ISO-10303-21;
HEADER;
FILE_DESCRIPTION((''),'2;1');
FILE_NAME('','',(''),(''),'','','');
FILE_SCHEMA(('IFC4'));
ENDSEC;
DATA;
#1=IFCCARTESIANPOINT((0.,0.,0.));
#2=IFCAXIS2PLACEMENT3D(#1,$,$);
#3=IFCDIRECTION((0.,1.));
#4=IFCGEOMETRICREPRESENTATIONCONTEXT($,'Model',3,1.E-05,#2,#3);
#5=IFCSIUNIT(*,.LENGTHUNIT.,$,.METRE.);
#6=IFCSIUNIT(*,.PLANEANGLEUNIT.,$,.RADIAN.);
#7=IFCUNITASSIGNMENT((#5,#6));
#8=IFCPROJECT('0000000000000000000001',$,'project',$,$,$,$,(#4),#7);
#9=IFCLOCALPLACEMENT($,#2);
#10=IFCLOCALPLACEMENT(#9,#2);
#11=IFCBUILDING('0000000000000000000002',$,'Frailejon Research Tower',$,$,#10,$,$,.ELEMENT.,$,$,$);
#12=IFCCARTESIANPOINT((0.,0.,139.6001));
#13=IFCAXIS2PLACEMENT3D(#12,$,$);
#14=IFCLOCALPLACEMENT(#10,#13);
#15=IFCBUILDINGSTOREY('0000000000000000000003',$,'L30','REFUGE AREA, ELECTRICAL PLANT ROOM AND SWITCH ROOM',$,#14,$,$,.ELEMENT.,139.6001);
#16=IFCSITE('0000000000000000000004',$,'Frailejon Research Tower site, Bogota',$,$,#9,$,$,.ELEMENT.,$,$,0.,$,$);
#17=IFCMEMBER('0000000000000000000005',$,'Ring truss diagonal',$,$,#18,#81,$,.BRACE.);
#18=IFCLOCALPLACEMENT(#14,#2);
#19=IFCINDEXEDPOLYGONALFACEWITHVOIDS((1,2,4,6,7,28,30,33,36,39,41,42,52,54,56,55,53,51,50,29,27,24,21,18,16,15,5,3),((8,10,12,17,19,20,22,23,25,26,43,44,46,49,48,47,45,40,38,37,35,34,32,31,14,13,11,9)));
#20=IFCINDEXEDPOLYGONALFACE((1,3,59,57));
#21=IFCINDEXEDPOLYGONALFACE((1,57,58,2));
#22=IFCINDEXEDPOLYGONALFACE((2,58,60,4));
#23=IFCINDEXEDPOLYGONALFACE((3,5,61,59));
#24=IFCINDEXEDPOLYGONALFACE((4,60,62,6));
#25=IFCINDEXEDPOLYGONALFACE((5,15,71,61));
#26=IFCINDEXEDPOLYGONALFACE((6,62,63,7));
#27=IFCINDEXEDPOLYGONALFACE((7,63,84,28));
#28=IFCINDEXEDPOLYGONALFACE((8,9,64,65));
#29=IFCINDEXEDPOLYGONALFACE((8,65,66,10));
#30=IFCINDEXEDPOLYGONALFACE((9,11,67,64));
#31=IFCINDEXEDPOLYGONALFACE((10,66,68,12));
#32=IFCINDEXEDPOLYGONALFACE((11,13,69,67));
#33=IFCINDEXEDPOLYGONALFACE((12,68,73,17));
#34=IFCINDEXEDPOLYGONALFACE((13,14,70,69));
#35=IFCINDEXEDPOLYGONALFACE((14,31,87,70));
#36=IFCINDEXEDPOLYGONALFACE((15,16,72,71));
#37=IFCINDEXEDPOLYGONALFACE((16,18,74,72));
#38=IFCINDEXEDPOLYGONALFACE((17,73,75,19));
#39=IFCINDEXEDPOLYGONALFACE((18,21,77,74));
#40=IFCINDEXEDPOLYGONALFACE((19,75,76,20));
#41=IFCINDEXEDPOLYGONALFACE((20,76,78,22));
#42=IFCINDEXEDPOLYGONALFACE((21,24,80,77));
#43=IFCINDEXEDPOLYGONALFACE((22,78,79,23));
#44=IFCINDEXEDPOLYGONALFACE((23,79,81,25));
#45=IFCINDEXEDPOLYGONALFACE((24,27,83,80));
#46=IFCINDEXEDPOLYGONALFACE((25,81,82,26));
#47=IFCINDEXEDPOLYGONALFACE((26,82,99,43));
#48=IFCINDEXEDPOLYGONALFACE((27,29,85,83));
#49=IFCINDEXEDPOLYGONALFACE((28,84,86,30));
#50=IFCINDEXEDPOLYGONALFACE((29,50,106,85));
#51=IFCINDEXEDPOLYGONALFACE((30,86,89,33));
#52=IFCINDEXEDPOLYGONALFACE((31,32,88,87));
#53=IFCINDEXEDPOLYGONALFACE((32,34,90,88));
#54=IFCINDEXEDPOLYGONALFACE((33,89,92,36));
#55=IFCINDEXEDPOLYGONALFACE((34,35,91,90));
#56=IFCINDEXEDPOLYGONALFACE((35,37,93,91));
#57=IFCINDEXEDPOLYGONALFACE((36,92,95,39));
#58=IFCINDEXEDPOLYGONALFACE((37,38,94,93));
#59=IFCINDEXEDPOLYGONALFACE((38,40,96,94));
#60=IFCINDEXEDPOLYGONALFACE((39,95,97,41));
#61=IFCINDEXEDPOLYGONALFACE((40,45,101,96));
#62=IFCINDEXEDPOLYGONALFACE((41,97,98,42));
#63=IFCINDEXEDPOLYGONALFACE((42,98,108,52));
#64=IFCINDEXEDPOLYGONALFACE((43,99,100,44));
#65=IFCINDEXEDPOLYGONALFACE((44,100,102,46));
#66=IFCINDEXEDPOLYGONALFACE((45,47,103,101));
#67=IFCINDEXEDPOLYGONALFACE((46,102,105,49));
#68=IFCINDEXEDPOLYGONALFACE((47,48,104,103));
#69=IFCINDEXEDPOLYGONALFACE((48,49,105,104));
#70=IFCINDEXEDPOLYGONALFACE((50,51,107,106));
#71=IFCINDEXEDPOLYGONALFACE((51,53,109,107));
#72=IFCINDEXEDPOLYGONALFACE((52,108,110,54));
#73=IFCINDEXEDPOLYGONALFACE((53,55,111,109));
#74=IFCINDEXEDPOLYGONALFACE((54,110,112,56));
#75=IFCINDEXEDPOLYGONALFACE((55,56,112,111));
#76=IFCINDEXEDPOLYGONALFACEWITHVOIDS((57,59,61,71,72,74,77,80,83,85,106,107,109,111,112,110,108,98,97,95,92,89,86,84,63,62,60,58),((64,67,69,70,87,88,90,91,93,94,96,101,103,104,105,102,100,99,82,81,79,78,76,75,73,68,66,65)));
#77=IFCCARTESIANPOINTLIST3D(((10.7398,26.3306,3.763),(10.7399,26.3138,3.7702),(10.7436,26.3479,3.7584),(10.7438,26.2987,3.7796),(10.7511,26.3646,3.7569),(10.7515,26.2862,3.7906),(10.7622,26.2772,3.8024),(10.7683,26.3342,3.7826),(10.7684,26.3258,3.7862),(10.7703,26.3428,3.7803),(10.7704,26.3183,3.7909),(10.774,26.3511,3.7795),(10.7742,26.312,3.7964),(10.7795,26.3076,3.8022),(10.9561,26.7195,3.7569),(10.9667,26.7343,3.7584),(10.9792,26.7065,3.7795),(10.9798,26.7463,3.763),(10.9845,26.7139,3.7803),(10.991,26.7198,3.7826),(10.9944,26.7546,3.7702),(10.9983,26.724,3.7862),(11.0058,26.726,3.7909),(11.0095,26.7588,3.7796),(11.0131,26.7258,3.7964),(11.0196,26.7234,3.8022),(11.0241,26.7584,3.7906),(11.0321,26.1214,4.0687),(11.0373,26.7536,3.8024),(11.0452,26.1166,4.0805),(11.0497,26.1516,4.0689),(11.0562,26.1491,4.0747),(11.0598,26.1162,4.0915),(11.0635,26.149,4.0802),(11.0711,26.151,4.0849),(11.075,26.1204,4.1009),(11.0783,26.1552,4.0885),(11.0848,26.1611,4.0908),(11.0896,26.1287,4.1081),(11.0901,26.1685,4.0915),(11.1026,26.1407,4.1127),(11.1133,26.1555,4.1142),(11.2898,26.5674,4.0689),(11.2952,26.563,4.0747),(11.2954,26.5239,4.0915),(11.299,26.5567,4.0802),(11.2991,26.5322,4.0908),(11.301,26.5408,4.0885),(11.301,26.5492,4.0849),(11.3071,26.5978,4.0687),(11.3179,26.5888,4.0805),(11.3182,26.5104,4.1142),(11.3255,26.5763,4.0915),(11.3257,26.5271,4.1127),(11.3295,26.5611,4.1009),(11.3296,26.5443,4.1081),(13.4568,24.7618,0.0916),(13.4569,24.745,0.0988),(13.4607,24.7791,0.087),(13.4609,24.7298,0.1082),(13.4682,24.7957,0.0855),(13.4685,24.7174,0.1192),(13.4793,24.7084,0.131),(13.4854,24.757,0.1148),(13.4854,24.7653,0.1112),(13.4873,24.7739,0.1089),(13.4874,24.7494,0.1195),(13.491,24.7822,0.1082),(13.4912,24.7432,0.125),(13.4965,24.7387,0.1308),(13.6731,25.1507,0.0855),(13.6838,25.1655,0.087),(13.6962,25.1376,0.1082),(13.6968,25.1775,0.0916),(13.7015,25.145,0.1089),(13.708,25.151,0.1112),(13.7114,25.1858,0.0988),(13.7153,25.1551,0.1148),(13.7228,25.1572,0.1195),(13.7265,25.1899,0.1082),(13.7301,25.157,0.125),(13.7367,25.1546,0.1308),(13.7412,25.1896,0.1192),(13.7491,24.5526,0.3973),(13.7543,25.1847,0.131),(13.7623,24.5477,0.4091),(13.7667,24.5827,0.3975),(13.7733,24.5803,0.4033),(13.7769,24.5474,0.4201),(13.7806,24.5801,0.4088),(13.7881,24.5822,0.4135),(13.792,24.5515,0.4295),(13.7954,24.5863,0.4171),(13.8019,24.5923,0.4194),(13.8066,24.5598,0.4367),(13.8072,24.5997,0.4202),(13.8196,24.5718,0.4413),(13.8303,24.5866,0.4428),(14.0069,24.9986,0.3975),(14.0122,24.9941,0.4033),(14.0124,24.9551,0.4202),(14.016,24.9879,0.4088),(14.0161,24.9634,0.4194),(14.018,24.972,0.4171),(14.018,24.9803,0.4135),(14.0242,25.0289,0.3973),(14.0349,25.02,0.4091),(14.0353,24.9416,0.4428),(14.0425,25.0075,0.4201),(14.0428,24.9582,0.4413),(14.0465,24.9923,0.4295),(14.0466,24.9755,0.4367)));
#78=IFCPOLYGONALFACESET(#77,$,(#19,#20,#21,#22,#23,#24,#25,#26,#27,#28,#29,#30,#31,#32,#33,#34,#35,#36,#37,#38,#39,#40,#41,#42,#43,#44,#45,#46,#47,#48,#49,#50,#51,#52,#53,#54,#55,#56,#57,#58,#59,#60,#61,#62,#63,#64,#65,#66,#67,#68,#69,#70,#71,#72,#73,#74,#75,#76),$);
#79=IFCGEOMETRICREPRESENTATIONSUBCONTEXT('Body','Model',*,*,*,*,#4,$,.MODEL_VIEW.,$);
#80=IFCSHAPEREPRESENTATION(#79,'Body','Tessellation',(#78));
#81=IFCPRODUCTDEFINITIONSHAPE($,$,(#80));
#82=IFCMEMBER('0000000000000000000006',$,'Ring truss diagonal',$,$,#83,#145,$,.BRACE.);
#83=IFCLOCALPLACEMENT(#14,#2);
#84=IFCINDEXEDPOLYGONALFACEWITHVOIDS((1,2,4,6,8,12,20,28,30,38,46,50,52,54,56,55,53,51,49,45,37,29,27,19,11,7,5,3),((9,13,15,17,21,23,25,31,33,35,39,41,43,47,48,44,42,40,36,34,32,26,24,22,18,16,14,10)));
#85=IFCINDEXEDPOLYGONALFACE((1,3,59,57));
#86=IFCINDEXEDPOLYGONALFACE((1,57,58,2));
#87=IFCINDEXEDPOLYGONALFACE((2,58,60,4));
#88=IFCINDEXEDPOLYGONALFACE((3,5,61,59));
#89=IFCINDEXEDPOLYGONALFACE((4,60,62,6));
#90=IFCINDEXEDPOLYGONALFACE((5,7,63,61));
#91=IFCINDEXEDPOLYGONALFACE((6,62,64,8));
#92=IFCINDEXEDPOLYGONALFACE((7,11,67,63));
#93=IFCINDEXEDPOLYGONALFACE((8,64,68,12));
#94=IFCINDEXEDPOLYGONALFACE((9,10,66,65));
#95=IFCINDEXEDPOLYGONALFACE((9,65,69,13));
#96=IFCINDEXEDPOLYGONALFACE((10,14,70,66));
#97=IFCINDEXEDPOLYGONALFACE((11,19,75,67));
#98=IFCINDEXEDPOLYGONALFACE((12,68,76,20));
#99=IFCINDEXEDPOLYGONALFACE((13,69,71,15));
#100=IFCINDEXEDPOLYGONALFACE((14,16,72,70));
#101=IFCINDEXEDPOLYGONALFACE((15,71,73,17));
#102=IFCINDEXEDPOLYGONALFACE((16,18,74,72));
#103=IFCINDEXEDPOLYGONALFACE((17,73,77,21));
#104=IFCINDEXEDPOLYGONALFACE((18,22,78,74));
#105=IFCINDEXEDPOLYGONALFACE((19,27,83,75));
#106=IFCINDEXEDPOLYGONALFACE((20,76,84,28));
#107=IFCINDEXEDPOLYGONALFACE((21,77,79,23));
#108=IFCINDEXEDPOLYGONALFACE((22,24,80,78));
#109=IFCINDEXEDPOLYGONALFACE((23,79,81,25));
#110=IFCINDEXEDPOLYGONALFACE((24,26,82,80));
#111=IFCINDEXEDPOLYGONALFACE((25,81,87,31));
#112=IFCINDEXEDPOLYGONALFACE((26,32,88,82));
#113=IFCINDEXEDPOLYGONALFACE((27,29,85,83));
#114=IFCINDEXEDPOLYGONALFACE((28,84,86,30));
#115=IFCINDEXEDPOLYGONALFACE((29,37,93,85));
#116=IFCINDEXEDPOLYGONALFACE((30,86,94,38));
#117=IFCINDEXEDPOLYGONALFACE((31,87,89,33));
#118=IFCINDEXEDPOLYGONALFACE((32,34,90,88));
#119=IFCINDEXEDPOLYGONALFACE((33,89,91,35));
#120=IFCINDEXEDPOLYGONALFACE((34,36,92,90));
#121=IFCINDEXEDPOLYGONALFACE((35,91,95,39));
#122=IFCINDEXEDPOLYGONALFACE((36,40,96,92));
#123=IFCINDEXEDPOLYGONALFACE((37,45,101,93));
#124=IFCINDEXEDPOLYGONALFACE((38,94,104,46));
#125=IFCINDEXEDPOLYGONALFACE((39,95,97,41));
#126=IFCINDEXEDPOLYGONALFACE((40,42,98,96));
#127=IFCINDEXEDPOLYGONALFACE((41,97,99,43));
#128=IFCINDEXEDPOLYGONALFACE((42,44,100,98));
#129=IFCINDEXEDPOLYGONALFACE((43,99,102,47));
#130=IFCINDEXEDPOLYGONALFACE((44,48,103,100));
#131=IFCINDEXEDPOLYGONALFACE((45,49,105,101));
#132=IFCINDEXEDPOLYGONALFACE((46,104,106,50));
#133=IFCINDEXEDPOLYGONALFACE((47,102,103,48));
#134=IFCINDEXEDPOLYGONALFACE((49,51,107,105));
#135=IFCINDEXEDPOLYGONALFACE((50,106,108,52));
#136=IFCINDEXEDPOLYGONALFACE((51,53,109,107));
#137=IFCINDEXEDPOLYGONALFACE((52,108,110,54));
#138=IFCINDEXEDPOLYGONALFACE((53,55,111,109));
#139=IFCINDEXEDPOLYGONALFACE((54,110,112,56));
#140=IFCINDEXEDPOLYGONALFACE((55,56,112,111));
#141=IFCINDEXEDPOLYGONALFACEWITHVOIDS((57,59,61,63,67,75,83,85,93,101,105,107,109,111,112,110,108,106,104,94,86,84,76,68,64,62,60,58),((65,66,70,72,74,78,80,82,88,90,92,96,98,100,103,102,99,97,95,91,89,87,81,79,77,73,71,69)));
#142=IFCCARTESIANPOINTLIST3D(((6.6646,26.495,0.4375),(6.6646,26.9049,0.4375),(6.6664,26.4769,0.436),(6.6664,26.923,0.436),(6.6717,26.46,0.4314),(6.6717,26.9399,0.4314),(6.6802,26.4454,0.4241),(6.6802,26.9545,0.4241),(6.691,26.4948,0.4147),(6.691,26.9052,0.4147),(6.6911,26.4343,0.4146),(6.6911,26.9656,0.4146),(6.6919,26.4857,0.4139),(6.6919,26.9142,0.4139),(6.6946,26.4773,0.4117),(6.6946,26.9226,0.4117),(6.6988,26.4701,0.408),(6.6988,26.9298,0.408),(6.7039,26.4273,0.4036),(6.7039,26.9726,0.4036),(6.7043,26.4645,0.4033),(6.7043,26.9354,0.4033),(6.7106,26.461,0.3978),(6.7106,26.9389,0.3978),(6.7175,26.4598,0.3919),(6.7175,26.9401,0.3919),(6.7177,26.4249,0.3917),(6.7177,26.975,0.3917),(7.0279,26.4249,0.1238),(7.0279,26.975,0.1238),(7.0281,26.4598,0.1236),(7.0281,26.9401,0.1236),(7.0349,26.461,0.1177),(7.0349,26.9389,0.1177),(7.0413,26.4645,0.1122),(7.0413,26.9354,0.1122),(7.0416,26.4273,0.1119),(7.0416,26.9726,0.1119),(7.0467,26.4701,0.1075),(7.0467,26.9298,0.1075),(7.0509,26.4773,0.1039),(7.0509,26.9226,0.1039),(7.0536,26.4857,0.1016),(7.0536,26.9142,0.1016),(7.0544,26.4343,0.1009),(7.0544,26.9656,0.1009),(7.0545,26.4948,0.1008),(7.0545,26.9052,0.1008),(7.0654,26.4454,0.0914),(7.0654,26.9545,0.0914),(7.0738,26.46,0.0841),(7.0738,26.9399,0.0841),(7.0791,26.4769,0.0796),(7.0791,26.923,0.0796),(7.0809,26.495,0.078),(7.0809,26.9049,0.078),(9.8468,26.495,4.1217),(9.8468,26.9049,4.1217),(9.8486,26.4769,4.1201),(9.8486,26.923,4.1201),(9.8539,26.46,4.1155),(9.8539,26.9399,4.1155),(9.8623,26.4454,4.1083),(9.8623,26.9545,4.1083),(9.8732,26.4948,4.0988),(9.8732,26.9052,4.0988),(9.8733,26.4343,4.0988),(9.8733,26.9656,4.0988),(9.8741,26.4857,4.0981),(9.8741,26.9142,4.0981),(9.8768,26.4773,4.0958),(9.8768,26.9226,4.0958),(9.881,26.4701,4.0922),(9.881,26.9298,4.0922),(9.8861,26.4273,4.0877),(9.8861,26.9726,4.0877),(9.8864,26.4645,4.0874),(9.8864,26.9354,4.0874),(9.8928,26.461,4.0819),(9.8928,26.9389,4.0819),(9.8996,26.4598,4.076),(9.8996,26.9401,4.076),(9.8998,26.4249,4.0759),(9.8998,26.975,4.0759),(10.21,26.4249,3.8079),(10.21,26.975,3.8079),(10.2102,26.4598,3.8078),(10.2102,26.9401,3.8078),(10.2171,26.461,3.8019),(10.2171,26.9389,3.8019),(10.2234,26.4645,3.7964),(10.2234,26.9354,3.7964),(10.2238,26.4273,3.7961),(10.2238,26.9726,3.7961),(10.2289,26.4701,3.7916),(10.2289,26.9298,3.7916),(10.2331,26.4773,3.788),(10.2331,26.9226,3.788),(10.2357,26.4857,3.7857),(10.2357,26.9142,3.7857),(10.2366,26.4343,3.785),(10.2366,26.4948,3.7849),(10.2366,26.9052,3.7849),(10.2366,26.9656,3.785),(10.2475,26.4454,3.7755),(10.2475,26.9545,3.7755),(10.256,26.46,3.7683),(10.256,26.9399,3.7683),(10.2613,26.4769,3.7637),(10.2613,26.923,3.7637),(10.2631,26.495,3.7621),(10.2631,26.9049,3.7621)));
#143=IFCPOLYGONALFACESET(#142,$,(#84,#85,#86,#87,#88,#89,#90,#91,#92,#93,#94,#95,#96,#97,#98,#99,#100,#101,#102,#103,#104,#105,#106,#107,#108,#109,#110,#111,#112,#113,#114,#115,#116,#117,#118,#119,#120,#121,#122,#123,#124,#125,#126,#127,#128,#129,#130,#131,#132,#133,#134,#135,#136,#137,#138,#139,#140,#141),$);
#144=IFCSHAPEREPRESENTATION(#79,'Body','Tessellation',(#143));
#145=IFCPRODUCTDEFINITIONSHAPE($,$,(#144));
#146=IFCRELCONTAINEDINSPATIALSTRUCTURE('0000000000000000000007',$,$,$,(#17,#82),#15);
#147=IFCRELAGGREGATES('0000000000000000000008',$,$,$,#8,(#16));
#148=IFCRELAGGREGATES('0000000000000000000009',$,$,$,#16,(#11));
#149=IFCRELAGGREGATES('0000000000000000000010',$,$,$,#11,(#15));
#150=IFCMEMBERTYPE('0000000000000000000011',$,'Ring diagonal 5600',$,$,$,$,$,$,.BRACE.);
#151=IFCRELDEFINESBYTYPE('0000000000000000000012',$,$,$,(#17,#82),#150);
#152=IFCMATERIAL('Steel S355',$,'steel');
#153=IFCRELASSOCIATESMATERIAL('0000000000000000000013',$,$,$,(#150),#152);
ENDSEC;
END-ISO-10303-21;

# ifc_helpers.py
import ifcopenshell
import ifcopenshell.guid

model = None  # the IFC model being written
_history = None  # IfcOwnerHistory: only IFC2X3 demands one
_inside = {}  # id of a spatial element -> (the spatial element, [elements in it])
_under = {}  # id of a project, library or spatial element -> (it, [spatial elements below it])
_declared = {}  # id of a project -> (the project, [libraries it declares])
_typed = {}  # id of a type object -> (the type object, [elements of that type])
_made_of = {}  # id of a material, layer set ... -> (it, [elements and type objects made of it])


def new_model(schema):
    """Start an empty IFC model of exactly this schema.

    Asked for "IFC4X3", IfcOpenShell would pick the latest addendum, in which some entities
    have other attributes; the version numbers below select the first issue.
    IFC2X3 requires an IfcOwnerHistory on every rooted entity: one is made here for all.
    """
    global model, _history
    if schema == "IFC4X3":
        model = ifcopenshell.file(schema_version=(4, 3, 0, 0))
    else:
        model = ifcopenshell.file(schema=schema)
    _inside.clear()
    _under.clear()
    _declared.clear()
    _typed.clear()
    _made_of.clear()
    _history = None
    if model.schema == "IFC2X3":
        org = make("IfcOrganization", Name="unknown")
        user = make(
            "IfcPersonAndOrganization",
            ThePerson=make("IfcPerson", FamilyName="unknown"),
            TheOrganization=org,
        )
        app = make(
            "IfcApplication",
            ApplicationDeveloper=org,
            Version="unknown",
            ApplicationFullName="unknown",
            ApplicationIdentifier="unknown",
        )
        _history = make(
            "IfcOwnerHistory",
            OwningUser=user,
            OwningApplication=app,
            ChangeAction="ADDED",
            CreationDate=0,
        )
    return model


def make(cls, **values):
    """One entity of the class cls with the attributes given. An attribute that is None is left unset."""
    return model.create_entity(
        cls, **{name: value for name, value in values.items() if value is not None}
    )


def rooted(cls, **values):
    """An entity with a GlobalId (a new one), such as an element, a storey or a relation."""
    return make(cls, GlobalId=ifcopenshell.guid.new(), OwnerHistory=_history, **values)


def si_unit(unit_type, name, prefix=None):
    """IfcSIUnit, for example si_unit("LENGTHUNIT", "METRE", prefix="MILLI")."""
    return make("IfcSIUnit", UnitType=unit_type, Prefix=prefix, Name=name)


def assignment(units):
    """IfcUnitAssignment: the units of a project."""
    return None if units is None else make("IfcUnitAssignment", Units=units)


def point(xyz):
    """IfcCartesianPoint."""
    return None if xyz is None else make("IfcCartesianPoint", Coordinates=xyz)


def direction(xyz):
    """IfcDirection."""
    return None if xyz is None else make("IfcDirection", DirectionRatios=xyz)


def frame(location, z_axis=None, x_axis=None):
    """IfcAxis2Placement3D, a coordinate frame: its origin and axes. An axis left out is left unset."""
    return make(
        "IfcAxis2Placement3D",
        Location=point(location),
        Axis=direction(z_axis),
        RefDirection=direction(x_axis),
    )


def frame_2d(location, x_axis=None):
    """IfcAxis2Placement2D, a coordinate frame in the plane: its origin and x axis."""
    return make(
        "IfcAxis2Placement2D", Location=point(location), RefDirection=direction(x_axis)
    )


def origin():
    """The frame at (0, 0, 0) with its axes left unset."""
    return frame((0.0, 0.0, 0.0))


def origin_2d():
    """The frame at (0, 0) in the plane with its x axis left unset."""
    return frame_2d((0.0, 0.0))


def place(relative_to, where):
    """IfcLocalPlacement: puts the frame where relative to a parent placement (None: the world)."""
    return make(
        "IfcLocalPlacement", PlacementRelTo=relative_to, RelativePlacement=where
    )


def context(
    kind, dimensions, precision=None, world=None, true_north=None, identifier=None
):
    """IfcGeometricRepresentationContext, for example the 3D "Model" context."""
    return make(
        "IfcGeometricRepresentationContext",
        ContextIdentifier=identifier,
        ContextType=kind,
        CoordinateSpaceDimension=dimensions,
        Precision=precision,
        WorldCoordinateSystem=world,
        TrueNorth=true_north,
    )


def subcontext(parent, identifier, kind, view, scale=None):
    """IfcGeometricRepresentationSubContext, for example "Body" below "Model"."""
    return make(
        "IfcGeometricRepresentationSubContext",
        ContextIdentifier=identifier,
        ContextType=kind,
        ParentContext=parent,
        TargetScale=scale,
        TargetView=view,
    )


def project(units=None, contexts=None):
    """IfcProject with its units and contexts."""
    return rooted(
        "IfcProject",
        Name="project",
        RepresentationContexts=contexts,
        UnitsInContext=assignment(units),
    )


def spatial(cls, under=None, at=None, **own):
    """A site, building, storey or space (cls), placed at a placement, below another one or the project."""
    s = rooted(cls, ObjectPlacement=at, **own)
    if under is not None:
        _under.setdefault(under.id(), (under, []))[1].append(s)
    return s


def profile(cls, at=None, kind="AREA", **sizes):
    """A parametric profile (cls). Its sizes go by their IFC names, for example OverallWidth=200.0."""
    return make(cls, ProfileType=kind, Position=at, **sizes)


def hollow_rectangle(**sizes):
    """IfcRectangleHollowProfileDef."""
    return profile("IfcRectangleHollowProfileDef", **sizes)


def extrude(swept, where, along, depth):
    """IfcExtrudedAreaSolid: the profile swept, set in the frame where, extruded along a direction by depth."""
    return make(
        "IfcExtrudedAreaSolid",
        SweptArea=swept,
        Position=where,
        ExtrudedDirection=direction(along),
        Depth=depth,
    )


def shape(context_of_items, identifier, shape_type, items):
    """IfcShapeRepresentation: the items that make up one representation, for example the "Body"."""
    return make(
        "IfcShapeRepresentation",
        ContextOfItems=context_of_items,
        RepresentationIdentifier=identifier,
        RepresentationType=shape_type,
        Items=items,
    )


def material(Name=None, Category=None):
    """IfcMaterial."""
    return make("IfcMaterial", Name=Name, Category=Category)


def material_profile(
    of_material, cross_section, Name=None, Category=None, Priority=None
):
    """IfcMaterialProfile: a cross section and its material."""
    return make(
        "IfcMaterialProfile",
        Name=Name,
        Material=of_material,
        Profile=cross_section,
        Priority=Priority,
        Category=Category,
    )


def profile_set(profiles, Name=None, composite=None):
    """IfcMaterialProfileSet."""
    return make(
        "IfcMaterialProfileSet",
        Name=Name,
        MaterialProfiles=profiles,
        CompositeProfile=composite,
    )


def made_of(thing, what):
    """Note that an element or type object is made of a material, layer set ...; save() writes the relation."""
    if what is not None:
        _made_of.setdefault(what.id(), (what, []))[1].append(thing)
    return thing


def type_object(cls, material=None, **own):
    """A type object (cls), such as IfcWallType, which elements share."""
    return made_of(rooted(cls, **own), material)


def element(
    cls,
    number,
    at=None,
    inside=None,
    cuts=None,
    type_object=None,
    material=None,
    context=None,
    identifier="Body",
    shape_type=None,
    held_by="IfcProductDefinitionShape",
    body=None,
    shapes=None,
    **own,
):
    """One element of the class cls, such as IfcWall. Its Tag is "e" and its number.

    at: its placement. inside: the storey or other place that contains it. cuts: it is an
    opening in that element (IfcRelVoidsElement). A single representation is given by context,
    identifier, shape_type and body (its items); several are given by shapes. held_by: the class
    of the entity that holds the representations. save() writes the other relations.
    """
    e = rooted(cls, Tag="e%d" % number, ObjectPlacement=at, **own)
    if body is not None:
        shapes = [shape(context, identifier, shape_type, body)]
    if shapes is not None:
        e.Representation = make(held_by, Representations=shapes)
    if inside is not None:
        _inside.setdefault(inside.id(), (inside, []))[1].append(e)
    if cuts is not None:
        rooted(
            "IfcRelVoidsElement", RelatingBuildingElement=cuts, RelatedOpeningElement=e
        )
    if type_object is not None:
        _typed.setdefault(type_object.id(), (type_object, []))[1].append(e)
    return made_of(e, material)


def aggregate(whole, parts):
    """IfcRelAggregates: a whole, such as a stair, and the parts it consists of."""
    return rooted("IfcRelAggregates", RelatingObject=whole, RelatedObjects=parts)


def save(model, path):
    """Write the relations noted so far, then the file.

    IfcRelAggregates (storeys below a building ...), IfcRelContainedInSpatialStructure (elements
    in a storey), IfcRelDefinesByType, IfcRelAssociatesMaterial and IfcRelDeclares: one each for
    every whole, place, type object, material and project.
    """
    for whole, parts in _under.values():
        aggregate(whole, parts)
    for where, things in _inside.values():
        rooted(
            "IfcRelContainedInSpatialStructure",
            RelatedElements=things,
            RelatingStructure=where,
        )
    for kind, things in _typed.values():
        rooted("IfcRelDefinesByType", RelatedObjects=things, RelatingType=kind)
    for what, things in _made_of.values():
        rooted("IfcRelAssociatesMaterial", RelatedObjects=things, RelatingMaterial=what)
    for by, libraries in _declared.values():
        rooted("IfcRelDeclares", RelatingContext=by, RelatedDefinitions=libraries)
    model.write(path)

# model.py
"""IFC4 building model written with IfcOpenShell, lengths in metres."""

from ifc_helpers import new_model, si_unit, direction, frame, origin, origin_2d, place, context, subcontext, project, spatial, hollow_rectangle, extrude, material, material_profile, profile_set, type_object, element, save


model = new_model("IFC4")

# Units and contexts
model_context = context("Model", 3, precision=1e-05, world=origin(), true_north=direction((0.0, 1.0)))
body_context = subcontext(model_context, "Body", "Model", "MODEL_VIEW")
ifc_project = project(units=[si_unit("LENGTHUNIT", "METRE"), si_unit("PLANEANGLEUNIT", "RADIAN")], contexts=[model_context])

# Site, building, storey
site_placement = place(None, origin())
site = spatial("IfcSite", under=ifc_project, at=site_placement, Name="Frailejon Research Tower site, Bogota", CompositionType="ELEMENT", RefElevation=0.0)
building_placement = place(site_placement, origin())
building = spatial("IfcBuilding", under=site, at=building_placement, Name="Frailejon Research Tower", CompositionType="ELEMENT")
storey_placement = place(building_placement, frame((0.0, 0.0, 139.6001)))
storey = spatial("IfcBuildingStorey", under=building, at=storey_placement, Name="L30", Description="REFUGE AREA, ELECTRICAL PLANT ROOM AND SWITCH ROOM", CompositionType="ELEMENT", Elevation=139.6001)

# Members
ifc_material_1 = material(Name="Steel S355", Category="steel")
ifc_material_profile_1 = material_profile(ifc_material_1, hollow_rectangle(XDim=0.55, YDim=0.55, WallThickness=0.0349, InnerFilletRadius=0.0349, OuterFilletRadius=0.0701, at=origin_2d()), Name="Ring diagonal 5600")
ifc_profile_set_1 = profile_set([ifc_material_profile_1], Name="Steel S355")
member_type = type_object("IfcMemberType", Name="Ring diagonal 5600", PredefinedType="BRACE", material=ifc_profile_set_1)
member_1_placement = place(storey_placement, frame((13.7517, 24.8687, 0.2642), z_axis=(-0.562609, 0.324857, 0.760223), x_axis=(-0.500039, -0.866003, 0.0)))
element("IfcMember", 1, at=member_1_placement, inside=storey, type_object=member_type, Name="Ring truss diagonal", PredefinedType="BRACE", context=body_context, shape_type="SweptSolid", body=[
    extrude(hollow_rectangle(XDim=0.55, YDim=0.55, WallThickness=0.0349, InnerFilletRadius=0.0349, OuterFilletRadius=0.0701, at=origin_2d()), origin(), (0.0, 0.0, 1.0), 4.8293),
])
member_2_placement = place(storey_placement, frame((10.0549, 26.7, 3.9419), z_axis=(-0.653669, 0.0, -0.75678), x_axis=(0.0, -1.0, 0.0)))
element("IfcMember", 2, at=member_2_placement, inside=storey, type_object=member_type, Name="Ring truss diagonal", PredefinedType="BRACE", context=body_context, shape_type="SweptSolid", body=[
    extrude(hollow_rectangle(XDim=0.55, YDim=0.55, WallThickness=0.0349, InnerFilletRadius=0.0349, OuterFilletRadius=0.0701, at=origin_2d()), origin(), (0.0, 0.0, 1.0), 4.8682),
])

save(model, "model.ifc")
